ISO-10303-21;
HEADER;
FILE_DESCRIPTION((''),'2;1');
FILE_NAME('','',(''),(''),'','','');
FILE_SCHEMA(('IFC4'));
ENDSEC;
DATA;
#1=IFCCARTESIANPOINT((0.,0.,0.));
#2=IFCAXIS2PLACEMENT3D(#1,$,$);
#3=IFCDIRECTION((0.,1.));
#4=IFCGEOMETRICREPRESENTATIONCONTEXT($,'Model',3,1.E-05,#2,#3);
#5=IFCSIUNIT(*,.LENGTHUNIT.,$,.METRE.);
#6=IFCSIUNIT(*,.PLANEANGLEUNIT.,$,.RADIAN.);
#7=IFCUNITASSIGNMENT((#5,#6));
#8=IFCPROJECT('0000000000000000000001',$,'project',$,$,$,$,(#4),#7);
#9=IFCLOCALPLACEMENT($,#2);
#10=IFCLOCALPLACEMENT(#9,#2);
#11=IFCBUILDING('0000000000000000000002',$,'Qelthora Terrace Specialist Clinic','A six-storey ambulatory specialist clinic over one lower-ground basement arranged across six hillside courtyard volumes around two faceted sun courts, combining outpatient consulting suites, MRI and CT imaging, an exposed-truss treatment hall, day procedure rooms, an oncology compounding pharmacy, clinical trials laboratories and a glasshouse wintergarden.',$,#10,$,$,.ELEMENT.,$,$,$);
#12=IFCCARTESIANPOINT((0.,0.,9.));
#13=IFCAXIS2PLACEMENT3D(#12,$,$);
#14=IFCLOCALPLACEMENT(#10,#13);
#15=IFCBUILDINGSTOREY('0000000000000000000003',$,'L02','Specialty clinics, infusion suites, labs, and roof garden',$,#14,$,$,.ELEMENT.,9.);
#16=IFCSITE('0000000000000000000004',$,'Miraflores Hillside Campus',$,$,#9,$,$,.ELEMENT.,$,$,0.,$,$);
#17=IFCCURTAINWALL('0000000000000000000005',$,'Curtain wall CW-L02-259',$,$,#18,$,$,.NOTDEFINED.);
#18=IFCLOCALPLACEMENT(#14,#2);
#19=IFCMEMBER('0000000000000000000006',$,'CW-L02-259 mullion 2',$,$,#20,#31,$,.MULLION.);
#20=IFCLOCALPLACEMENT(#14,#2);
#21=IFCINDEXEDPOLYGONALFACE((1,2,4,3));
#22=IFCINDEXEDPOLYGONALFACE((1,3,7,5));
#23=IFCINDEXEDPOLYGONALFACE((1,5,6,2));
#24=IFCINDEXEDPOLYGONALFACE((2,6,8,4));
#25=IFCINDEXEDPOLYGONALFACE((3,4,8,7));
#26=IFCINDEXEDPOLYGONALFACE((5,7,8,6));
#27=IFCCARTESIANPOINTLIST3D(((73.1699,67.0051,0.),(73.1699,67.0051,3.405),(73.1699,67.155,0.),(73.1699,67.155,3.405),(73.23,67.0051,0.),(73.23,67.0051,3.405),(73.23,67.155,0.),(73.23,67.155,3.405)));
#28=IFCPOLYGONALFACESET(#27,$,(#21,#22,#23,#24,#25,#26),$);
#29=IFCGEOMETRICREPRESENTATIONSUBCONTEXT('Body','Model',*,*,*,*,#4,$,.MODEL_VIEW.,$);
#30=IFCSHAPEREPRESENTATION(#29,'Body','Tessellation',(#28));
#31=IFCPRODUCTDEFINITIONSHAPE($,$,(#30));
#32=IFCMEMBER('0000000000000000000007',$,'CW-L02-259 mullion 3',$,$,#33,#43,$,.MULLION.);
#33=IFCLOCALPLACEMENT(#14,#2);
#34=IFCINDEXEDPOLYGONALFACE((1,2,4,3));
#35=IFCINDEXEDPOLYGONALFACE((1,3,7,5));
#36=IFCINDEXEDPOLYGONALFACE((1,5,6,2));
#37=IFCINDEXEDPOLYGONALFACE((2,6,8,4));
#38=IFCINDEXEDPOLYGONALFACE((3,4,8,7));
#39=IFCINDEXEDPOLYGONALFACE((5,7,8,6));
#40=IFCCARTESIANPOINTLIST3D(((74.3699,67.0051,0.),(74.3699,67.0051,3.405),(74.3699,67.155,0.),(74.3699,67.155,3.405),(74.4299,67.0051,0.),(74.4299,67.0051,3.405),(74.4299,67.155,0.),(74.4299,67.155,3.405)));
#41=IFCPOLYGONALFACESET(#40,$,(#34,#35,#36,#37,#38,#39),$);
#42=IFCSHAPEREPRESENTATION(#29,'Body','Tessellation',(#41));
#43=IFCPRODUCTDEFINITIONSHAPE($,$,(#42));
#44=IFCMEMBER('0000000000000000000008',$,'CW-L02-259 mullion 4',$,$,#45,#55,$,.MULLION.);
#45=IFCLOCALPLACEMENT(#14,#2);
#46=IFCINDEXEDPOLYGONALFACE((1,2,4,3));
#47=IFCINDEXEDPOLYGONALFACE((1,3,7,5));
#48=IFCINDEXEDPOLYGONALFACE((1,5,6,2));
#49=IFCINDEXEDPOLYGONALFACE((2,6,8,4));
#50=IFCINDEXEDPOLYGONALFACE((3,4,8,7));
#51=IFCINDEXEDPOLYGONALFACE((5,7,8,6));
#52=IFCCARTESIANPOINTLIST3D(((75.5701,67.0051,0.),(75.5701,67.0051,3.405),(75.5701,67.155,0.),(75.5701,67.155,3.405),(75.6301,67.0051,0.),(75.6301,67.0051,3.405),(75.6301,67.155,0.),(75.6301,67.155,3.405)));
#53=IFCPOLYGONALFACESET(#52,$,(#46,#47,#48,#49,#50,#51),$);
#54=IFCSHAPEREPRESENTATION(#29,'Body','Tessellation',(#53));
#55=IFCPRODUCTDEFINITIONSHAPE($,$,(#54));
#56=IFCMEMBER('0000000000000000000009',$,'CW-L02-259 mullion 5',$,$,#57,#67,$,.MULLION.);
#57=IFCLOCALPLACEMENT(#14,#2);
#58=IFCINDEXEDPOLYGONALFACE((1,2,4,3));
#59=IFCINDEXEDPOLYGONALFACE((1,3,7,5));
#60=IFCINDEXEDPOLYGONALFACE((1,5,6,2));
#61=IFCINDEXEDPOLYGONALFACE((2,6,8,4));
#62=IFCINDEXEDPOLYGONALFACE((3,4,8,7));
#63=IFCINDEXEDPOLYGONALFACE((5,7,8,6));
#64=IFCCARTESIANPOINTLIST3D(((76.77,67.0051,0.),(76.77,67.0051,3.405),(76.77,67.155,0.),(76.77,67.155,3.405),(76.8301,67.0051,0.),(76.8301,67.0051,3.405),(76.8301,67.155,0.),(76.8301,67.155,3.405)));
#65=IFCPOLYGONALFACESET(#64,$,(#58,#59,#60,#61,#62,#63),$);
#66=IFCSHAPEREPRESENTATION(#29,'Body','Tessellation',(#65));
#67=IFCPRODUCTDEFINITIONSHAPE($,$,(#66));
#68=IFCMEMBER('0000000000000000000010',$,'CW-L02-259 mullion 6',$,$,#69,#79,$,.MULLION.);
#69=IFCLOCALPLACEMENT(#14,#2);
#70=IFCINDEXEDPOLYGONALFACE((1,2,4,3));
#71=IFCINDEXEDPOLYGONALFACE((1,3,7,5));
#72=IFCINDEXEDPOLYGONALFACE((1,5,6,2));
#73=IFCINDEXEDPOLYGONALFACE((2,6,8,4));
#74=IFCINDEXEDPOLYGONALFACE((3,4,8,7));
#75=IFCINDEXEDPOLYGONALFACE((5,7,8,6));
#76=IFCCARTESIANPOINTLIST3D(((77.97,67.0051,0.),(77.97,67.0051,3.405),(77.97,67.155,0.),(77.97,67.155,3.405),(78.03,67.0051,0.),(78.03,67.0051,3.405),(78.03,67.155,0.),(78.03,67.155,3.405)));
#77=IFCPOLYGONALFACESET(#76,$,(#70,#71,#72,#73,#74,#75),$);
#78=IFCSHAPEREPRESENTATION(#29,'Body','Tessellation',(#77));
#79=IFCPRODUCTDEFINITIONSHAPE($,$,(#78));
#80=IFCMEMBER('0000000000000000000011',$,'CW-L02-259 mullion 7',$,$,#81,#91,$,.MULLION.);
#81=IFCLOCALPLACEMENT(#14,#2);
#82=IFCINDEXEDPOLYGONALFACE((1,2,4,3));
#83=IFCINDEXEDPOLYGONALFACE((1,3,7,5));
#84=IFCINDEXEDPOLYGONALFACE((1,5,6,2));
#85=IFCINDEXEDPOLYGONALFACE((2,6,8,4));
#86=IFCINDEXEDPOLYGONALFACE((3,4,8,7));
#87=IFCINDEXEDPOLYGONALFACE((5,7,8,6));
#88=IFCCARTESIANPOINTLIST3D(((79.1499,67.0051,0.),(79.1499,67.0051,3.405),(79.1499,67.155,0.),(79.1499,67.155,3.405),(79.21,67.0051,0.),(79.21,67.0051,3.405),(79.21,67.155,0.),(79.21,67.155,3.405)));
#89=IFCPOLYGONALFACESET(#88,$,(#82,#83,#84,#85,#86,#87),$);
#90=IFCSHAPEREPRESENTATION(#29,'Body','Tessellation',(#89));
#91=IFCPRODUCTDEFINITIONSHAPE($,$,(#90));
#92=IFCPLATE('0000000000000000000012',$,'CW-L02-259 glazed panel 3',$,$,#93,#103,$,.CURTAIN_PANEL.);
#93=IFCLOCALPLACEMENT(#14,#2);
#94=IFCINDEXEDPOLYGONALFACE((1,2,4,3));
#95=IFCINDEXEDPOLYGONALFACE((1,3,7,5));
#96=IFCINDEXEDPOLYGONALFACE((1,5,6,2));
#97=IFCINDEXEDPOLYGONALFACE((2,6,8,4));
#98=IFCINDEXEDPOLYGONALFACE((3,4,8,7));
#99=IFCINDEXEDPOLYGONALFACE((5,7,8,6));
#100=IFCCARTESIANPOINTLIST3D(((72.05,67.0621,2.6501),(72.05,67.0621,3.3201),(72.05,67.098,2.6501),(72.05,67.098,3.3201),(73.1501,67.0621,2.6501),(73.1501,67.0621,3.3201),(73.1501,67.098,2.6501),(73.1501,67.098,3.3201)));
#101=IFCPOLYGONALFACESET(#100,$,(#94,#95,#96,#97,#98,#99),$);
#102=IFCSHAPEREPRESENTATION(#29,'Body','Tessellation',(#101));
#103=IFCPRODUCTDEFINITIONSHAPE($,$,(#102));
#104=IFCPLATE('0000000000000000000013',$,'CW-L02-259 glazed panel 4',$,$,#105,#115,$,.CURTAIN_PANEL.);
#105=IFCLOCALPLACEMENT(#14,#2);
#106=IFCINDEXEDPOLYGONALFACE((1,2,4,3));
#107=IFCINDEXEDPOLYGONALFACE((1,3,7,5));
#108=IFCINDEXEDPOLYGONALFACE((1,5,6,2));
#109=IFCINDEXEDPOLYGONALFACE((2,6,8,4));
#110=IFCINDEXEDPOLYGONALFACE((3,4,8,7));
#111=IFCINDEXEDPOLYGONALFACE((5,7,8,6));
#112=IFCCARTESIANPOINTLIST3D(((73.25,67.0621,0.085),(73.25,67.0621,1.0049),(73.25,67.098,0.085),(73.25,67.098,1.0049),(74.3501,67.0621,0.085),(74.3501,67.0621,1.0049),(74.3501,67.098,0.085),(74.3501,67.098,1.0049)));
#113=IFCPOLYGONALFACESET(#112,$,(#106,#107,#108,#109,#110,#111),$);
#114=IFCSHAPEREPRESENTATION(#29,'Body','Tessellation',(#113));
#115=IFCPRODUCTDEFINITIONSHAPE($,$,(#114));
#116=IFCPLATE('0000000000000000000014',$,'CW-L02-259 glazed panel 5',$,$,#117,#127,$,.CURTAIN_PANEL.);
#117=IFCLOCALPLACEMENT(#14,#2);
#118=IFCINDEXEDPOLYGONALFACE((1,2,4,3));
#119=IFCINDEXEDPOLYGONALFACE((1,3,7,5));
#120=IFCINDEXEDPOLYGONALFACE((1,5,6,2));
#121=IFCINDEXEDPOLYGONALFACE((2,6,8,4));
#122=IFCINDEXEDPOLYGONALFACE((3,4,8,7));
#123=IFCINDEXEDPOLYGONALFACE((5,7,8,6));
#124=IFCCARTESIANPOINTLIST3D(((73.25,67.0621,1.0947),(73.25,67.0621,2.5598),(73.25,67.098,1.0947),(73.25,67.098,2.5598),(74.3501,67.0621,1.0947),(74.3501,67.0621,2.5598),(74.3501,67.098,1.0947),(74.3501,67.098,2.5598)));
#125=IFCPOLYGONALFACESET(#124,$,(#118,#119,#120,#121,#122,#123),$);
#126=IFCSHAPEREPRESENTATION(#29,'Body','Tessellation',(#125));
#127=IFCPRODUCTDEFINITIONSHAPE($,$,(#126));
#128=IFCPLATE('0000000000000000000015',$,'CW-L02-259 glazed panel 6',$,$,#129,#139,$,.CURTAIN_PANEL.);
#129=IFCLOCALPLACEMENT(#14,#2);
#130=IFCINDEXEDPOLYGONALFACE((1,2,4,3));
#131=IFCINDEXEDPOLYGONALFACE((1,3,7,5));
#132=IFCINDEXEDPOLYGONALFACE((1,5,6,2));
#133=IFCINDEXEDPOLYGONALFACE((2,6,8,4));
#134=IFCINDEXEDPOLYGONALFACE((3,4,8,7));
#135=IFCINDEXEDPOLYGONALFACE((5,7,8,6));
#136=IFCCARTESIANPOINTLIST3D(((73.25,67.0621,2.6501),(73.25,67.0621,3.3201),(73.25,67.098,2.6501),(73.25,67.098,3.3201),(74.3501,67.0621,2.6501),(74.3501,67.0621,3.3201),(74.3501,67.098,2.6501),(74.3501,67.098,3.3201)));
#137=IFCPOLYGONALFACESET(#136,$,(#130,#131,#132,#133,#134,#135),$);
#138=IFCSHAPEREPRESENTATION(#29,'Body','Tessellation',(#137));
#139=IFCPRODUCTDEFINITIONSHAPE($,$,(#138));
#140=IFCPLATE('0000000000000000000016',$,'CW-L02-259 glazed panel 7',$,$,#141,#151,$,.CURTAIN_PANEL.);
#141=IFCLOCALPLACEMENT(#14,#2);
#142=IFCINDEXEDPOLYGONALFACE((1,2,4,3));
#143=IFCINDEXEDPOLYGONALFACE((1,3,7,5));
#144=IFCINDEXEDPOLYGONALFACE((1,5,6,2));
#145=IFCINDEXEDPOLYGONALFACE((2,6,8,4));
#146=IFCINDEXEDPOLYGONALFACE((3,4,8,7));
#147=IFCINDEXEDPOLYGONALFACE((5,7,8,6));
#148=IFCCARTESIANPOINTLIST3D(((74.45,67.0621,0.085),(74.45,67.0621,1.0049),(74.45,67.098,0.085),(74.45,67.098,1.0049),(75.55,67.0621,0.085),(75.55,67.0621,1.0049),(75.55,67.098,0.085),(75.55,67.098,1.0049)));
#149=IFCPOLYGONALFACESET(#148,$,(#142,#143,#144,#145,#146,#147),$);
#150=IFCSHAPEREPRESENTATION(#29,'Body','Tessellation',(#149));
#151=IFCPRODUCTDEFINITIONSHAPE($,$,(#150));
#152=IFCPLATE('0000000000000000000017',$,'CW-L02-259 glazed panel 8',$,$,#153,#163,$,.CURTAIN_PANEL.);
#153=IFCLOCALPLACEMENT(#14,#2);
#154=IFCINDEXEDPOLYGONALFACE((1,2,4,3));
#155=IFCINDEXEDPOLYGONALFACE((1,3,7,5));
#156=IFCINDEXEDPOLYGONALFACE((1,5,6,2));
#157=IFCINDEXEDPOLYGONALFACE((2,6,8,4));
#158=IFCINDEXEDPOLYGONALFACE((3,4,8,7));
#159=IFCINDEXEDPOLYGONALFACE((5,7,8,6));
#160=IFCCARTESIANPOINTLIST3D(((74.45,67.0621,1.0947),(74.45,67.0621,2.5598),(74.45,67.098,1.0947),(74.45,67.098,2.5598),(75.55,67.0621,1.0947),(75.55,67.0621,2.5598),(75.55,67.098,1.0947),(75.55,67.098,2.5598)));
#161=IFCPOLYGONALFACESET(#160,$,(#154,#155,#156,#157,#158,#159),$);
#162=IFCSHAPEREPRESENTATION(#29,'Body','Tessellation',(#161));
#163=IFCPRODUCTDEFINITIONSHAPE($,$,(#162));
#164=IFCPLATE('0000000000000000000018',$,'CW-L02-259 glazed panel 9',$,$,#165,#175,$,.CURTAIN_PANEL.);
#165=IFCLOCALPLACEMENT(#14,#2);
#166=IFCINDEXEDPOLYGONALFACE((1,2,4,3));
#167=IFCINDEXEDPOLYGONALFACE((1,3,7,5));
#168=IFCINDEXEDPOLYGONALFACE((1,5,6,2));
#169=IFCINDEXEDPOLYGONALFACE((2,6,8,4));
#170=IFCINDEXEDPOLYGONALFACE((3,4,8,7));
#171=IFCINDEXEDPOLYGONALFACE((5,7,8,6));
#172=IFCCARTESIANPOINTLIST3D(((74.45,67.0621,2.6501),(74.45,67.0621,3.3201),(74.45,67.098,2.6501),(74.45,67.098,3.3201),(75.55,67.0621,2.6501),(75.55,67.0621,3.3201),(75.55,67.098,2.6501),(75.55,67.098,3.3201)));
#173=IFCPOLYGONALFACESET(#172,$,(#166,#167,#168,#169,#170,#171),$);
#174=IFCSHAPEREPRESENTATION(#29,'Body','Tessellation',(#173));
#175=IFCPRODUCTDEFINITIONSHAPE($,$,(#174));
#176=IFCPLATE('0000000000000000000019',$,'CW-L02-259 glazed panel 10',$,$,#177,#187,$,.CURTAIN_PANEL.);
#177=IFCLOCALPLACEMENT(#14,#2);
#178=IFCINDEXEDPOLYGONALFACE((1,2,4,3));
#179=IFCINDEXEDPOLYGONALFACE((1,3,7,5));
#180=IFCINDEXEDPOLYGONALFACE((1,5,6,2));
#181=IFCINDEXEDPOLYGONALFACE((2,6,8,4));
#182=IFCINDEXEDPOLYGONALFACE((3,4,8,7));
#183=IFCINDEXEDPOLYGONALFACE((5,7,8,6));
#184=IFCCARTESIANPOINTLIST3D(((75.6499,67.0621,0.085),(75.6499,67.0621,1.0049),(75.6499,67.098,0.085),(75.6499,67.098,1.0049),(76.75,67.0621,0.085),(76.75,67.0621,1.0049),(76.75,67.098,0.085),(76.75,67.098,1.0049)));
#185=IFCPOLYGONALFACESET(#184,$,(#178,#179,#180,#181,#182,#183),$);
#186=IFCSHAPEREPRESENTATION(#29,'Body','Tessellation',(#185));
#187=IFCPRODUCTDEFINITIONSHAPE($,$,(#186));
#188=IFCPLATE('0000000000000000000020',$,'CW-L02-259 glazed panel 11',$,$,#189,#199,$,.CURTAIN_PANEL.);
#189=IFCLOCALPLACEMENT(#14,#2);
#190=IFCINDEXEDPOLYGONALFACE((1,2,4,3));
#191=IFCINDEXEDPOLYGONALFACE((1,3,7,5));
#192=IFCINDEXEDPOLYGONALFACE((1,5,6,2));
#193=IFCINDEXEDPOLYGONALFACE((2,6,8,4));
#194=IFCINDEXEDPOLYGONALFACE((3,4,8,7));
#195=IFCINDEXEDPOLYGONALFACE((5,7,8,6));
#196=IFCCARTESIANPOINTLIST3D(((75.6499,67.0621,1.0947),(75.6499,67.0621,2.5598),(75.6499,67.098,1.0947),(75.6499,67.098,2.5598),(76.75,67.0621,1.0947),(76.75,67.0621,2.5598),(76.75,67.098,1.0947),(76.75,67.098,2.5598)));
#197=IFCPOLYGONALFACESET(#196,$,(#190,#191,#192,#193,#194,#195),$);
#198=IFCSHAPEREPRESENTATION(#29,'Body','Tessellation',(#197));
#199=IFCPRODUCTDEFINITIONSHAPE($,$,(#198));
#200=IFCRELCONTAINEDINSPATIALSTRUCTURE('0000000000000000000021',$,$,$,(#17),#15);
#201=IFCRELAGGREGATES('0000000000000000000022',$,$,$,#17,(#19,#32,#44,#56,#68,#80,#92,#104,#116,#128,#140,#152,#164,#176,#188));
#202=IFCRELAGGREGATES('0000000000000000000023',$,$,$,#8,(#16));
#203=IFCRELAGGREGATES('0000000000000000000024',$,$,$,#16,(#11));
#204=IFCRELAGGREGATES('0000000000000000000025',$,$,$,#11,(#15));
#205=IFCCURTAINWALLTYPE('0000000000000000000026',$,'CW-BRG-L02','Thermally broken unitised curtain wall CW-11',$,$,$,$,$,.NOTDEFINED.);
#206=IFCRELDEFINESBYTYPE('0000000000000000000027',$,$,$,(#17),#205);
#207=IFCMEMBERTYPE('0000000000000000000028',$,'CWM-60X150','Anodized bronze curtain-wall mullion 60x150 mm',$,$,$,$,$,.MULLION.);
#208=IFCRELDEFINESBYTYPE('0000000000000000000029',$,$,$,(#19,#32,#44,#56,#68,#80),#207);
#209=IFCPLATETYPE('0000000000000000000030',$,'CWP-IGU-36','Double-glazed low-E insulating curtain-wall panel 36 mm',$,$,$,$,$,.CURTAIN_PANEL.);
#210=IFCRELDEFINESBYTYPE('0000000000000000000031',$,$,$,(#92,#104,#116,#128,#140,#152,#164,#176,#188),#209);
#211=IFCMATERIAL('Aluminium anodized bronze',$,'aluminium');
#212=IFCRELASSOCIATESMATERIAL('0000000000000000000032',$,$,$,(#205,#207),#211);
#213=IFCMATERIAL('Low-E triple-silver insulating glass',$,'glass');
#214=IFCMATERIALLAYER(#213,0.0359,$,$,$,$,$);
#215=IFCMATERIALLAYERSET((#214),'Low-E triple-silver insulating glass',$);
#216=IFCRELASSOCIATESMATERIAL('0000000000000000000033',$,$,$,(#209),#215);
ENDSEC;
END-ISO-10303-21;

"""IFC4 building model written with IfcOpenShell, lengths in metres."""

from ifc_helpers import new_model, si_unit, direction, frame, origin, origin_2d, place, context, subcontext, project, spatial, rectangle, extrude, material, layer, layer_set, material_profile, profile_set, type_object, element, aggregate, save


model = new_model("IFC4")

# Units and contexts
model_context = context("Model", 3, precision=1e-05, world=origin(), true_north=direction((0.0, 1.0)))
body_context = subcontext(model_context, "Body", "Model", "MODEL_VIEW")
ifc_project = project(units=[si_unit("LENGTHUNIT", "METRE"), si_unit("PLANEANGLEUNIT", "RADIAN")], contexts=[model_context])

# Site, building, storey
site_placement = place(None, origin())
site = spatial("IfcSite", under=ifc_project, at=site_placement, Name="Miraflores Hillside Campus", CompositionType="ELEMENT", RefElevation=0.0)
building_placement = place(site_placement, origin())
building = spatial("IfcBuilding", under=site, at=building_placement, Name="Qelthora Terrace Specialist Clinic", Description="A six-storey ambulatory specialist clinic over one lower-ground basement arranged across six hillside courtyard volumes around two faceted sun courts, combining outpatient consulting suites, MRI and CT imaging, an exposed-truss treatment hall, day procedure rooms, an oncology compounding pharmacy, clinical trials laboratories and a glasshouse wintergarden.", CompositionType="ELEMENT")
storey_placement = place(building_placement, frame((0.0, 0.0, 9.0)))
storey = spatial("IfcBuildingStorey", under=building, at=storey_placement, Name="L02", Description="Specialty clinics, infusion suites, labs, and roof garden", CompositionType="ELEMENT", Elevation=9.0)

# Curtain wall, members, plates
ifc_material_1 = material(Name="Aluminium anodized bronze", Category="aluminium")
curtain_wall_type = type_object("IfcCurtainWallType", Name="CW-BRG-L02", Description="Thermally broken unitised curtain wall CW-11", PredefinedType="NOTDEFINED", material=ifc_material_1)
curtain_wall_placement = place(storey_placement, origin())
curtain_wall = element("IfcCurtainWall", 1, at=curtain_wall_placement, inside=storey, type_object=curtain_wall_type, Name="Curtain wall CW-L02-259", PredefinedType="NOTDEFINED")
ifc_material_profile = material_profile(ifc_material_1, rectangle(XDim=0.0601, YDim=0.1499, at=origin_2d()), Name="CWM60X150")
ifc_profile_set = profile_set([ifc_material_profile], Name="Aluminium anodized bronze")
member_type = type_object("IfcMemberType", Name="CWM-60X150", Description="Anodized bronze curtain-wall mullion 60x150 mm", PredefinedType="MULLION", material=ifc_profile_set)
member_1_placement = place(storey_placement, frame((73.2, 67.0801, 0.0), z_axis=(0.0, 0.0, 1.0), x_axis=(1.0, 0.0, 0.0)))
member_1 = element("IfcMember", 2, at=member_1_placement, type_object=member_type, Name="CW-L02-259 mullion 2", PredefinedType="MULLION", context=body_context, shape_type="SweptSolid", body=[
    extrude(rectangle(XDim=0.0601, YDim=0.1499, at=origin_2d()), origin(), (0.0, 0.0, 1.0), 3.405),
])
member_2_placement = place(storey_placement, frame((74.3999, 67.0801, 0.0), z_axis=(0.0, 0.0, 1.0), x_axis=(1.0, 0.0, 0.0)))
member_2 = element("IfcMember", 3, at=member_2_placement, type_object=member_type, Name="CW-L02-259 mullion 3", PredefinedType="MULLION", context=body_context, shape_type="SweptSolid", body=[
    extrude(rectangle(XDim=0.0601, YDim=0.1499, at=origin_2d()), origin(), (0.0, 0.0, 1.0), 3.405),
])
member_3_placement = place(storey_placement, frame((75.6001, 67.0801, 0.0), z_axis=(0.0, 0.0, 1.0), x_axis=(1.0, 0.0, 0.0)))
member_3 = element("IfcMember", 4, at=member_3_placement, type_object=member_type, Name="CW-L02-259 mullion 4", PredefinedType="MULLION", context=body_context, shape_type="SweptSolid", body=[
    extrude(rectangle(XDim=0.0601, YDim=0.1499, at=origin_2d()), origin(), (0.0, 0.0, 1.0), 3.405),
])
member_4_placement = place(storey_placement, frame((76.8, 67.0801, 0.0), z_axis=(0.0, 0.0, 1.0), x_axis=(1.0, 0.0, 0.0)))
member_4 = element("IfcMember", 5, at=member_4_placement, type_object=member_type, Name="CW-L02-259 mullion 5", PredefinedType="MULLION", context=body_context, shape_type="SweptSolid", body=[
    extrude(rectangle(XDim=0.0601, YDim=0.1499, at=origin_2d()), origin(), (0.0, 0.0, 1.0), 3.405),
])
member_5_placement = place(storey_placement, frame((78.0, 67.0801, 0.0), z_axis=(0.0, 0.0, 1.0), x_axis=(1.0, 0.0, 0.0)))
member_5 = element("IfcMember", 6, at=member_5_placement, type_object=member_type, Name="CW-L02-259 mullion 6", PredefinedType="MULLION", context=body_context, shape_type="SweptSolid", body=[
    extrude(rectangle(XDim=0.0601, YDim=0.1499, at=origin_2d()), origin(), (0.0, 0.0, 1.0), 3.405),
])
member_6_placement = place(storey_placement, frame((79.1799, 67.0801, 0.0), z_axis=(0.0, 0.0, 1.0), x_axis=(1.0, 0.0, 0.0)))
member_6 = element("IfcMember", 7, at=member_6_placement, type_object=member_type, Name="CW-L02-259 mullion 7", PredefinedType="MULLION", context=body_context, shape_type="SweptSolid", body=[
    extrude(rectangle(XDim=0.0601, YDim=0.1499, at=origin_2d()), origin(), (0.0, 0.0, 1.0), 3.405),
])
ifc_material_2 = material(Name="Low-E triple-silver insulating glass", Category="glass")
ifc_layer = layer(ifc_material_2, 0.0359)
ifc_layer_set = layer_set([ifc_layer], Name="Low-E triple-silver insulating glass")
plate_type = type_object("IfcPlateType", Name="CWP-IGU-36", Description="Double-glazed low-E insulating curtain-wall panel 36 mm", PredefinedType="CURTAIN_PANEL", material=ifc_layer_set)
plate_1_placement = place(storey_placement, frame((72.6001, 67.0801, 2.6501), z_axis=(0.0, 0.0, 1.0), x_axis=(1.0, 0.0, 0.0)))
plate_1 = element("IfcPlate", 8, at=plate_1_placement, type_object=plate_type, Name="CW-L02-259 glazed panel 3", PredefinedType="CURTAIN_PANEL", context=body_context, shape_type="SweptSolid", body=[
    extrude(rectangle(XDim=1.1001, YDim=0.0359, at=origin_2d()), origin(), (0.0, 0.0, 1.0), 0.6699),
])
plate_2_placement = place(storey_placement, frame((73.8, 67.0801, 0.085), z_axis=(0.0, 0.0, 1.0), x_axis=(1.0, 0.0, 0.0)))
plate_2 = element("IfcPlate", 9, at=plate_2_placement, type_object=plate_type, Name="CW-L02-259 glazed panel 4", PredefinedType="CURTAIN_PANEL", context=body_context, shape_type="SweptSolid", body=[
    extrude(rectangle(XDim=1.1001, YDim=0.0359, at=origin_2d()), origin(), (0.0, 0.0, 1.0), 0.9199),
])
plate_3_placement = place(storey_placement, frame((73.8, 67.0801, 1.0947), z_axis=(0.0, 0.0, 1.0), x_axis=(1.0, 0.0, 0.0)))
plate_3 = element("IfcPlate", 10, at=plate_3_placement, type_object=plate_type, Name="CW-L02-259 glazed panel 5", PredefinedType="CURTAIN_PANEL", context=body_context, shape_type="SweptSolid", body=[
    extrude(rectangle(XDim=1.1001, YDim=0.0359, at=origin_2d()), origin(), (0.0, 0.0, 1.0), 1.4651),
])
plate_4_placement = place(storey_placement, frame((73.8, 67.0801, 2.6501), z_axis=(0.0, 0.0, 1.0), x_axis=(1.0, 0.0, 0.0)))
plate_4 = element("IfcPlate", 11, at=plate_4_placement, type_object=plate_type, Name="CW-L02-259 glazed panel 6", PredefinedType="CURTAIN_PANEL", context=body_context, shape_type="SweptSolid", body=[
    extrude(rectangle(XDim=1.1001, YDim=0.0359, at=origin_2d()), origin(), (0.0, 0.0, 1.0), 0.6699),
])
plate_5_placement = place(storey_placement, frame((75.0, 67.0801, 0.085), z_axis=(0.0, 0.0, 1.0), x_axis=(1.0, 0.0, 0.0)))
plate_5 = element("IfcPlate", 12, at=plate_5_placement, type_object=plate_type, Name="CW-L02-259 glazed panel 7", PredefinedType="CURTAIN_PANEL", context=body_context, shape_type="SweptSolid", body=[
    extrude(rectangle(XDim=1.1001, YDim=0.0359, at=origin_2d()), origin(), (0.0, 0.0, 1.0), 0.9199),
])
plate_6_placement = place(storey_placement, frame((75.0, 67.0801, 1.0947), z_axis=(0.0, 0.0, 1.0), x_axis=(1.0, 0.0, 0.0)))
plate_6 = element("IfcPlate", 13, at=plate_6_placement, type_object=plate_type, Name="CW-L02-259 glazed panel 8", PredefinedType="CURTAIN_PANEL", context=body_context, shape_type="SweptSolid", body=[
    extrude(rectangle(XDim=1.1001, YDim=0.0359, at=origin_2d()), origin(), (0.0, 0.0, 1.0), 1.4651),
])
plate_7_placement = place(storey_placement, frame((75.0, 67.0801, 2.6501), z_axis=(0.0, 0.0, 1.0), x_axis=(1.0, 0.0, 0.0)))
plate_7 = element("IfcPlate", 14, at=plate_7_placement, type_object=plate_type, Name="CW-L02-259 glazed panel 9", PredefinedType="CURTAIN_PANEL", context=body_context, shape_type="SweptSolid", body=[
    extrude(rectangle(XDim=1.1001, YDim=0.0359, at=origin_2d()), origin(), (0.0, 0.0, 1.0), 0.6699),
])
plate_8_placement = place(storey_placement, frame((76.2, 67.0801, 0.085), z_axis=(0.0, 0.0, 1.0), x_axis=(1.0, 0.0, 0.0)))
plate_8 = element("IfcPlate", 15, at=plate_8_placement, type_object=plate_type, Name="CW-L02-259 glazed panel 10", PredefinedType="CURTAIN_PANEL", context=body_context, shape_type="SweptSolid", body=[
    extrude(rectangle(XDim=1.1001, YDim=0.0359, at=origin_2d()), origin(), (0.0, 0.0, 1.0), 0.9199),
])
plate_9_placement = place(storey_placement, frame((76.2, 67.0801, 1.0947), z_axis=(0.0, 0.0, 1.0), x_axis=(1.0, 0.0, 0.0)))
plate_9 = element("IfcPlate", 16, at=plate_9_placement, type_object=plate_type, Name="CW-L02-259 glazed panel 11", PredefinedType="CURTAIN_PANEL", context=body_context, shape_type="SweptSolid", body=[
    extrude(rectangle(XDim=1.1001, YDim=0.0359, at=origin_2d()), origin(), (0.0, 0.0, 1.0), 1.4651),
])
aggregate(curtain_wall, [member_1, member_2, member_3, member_4, member_5, member_6, plate_1, plate_2, plate_3, plate_4, plate_5, plate_6, plate_7, plate_8, plate_9])

save(model, "model.ifc")
